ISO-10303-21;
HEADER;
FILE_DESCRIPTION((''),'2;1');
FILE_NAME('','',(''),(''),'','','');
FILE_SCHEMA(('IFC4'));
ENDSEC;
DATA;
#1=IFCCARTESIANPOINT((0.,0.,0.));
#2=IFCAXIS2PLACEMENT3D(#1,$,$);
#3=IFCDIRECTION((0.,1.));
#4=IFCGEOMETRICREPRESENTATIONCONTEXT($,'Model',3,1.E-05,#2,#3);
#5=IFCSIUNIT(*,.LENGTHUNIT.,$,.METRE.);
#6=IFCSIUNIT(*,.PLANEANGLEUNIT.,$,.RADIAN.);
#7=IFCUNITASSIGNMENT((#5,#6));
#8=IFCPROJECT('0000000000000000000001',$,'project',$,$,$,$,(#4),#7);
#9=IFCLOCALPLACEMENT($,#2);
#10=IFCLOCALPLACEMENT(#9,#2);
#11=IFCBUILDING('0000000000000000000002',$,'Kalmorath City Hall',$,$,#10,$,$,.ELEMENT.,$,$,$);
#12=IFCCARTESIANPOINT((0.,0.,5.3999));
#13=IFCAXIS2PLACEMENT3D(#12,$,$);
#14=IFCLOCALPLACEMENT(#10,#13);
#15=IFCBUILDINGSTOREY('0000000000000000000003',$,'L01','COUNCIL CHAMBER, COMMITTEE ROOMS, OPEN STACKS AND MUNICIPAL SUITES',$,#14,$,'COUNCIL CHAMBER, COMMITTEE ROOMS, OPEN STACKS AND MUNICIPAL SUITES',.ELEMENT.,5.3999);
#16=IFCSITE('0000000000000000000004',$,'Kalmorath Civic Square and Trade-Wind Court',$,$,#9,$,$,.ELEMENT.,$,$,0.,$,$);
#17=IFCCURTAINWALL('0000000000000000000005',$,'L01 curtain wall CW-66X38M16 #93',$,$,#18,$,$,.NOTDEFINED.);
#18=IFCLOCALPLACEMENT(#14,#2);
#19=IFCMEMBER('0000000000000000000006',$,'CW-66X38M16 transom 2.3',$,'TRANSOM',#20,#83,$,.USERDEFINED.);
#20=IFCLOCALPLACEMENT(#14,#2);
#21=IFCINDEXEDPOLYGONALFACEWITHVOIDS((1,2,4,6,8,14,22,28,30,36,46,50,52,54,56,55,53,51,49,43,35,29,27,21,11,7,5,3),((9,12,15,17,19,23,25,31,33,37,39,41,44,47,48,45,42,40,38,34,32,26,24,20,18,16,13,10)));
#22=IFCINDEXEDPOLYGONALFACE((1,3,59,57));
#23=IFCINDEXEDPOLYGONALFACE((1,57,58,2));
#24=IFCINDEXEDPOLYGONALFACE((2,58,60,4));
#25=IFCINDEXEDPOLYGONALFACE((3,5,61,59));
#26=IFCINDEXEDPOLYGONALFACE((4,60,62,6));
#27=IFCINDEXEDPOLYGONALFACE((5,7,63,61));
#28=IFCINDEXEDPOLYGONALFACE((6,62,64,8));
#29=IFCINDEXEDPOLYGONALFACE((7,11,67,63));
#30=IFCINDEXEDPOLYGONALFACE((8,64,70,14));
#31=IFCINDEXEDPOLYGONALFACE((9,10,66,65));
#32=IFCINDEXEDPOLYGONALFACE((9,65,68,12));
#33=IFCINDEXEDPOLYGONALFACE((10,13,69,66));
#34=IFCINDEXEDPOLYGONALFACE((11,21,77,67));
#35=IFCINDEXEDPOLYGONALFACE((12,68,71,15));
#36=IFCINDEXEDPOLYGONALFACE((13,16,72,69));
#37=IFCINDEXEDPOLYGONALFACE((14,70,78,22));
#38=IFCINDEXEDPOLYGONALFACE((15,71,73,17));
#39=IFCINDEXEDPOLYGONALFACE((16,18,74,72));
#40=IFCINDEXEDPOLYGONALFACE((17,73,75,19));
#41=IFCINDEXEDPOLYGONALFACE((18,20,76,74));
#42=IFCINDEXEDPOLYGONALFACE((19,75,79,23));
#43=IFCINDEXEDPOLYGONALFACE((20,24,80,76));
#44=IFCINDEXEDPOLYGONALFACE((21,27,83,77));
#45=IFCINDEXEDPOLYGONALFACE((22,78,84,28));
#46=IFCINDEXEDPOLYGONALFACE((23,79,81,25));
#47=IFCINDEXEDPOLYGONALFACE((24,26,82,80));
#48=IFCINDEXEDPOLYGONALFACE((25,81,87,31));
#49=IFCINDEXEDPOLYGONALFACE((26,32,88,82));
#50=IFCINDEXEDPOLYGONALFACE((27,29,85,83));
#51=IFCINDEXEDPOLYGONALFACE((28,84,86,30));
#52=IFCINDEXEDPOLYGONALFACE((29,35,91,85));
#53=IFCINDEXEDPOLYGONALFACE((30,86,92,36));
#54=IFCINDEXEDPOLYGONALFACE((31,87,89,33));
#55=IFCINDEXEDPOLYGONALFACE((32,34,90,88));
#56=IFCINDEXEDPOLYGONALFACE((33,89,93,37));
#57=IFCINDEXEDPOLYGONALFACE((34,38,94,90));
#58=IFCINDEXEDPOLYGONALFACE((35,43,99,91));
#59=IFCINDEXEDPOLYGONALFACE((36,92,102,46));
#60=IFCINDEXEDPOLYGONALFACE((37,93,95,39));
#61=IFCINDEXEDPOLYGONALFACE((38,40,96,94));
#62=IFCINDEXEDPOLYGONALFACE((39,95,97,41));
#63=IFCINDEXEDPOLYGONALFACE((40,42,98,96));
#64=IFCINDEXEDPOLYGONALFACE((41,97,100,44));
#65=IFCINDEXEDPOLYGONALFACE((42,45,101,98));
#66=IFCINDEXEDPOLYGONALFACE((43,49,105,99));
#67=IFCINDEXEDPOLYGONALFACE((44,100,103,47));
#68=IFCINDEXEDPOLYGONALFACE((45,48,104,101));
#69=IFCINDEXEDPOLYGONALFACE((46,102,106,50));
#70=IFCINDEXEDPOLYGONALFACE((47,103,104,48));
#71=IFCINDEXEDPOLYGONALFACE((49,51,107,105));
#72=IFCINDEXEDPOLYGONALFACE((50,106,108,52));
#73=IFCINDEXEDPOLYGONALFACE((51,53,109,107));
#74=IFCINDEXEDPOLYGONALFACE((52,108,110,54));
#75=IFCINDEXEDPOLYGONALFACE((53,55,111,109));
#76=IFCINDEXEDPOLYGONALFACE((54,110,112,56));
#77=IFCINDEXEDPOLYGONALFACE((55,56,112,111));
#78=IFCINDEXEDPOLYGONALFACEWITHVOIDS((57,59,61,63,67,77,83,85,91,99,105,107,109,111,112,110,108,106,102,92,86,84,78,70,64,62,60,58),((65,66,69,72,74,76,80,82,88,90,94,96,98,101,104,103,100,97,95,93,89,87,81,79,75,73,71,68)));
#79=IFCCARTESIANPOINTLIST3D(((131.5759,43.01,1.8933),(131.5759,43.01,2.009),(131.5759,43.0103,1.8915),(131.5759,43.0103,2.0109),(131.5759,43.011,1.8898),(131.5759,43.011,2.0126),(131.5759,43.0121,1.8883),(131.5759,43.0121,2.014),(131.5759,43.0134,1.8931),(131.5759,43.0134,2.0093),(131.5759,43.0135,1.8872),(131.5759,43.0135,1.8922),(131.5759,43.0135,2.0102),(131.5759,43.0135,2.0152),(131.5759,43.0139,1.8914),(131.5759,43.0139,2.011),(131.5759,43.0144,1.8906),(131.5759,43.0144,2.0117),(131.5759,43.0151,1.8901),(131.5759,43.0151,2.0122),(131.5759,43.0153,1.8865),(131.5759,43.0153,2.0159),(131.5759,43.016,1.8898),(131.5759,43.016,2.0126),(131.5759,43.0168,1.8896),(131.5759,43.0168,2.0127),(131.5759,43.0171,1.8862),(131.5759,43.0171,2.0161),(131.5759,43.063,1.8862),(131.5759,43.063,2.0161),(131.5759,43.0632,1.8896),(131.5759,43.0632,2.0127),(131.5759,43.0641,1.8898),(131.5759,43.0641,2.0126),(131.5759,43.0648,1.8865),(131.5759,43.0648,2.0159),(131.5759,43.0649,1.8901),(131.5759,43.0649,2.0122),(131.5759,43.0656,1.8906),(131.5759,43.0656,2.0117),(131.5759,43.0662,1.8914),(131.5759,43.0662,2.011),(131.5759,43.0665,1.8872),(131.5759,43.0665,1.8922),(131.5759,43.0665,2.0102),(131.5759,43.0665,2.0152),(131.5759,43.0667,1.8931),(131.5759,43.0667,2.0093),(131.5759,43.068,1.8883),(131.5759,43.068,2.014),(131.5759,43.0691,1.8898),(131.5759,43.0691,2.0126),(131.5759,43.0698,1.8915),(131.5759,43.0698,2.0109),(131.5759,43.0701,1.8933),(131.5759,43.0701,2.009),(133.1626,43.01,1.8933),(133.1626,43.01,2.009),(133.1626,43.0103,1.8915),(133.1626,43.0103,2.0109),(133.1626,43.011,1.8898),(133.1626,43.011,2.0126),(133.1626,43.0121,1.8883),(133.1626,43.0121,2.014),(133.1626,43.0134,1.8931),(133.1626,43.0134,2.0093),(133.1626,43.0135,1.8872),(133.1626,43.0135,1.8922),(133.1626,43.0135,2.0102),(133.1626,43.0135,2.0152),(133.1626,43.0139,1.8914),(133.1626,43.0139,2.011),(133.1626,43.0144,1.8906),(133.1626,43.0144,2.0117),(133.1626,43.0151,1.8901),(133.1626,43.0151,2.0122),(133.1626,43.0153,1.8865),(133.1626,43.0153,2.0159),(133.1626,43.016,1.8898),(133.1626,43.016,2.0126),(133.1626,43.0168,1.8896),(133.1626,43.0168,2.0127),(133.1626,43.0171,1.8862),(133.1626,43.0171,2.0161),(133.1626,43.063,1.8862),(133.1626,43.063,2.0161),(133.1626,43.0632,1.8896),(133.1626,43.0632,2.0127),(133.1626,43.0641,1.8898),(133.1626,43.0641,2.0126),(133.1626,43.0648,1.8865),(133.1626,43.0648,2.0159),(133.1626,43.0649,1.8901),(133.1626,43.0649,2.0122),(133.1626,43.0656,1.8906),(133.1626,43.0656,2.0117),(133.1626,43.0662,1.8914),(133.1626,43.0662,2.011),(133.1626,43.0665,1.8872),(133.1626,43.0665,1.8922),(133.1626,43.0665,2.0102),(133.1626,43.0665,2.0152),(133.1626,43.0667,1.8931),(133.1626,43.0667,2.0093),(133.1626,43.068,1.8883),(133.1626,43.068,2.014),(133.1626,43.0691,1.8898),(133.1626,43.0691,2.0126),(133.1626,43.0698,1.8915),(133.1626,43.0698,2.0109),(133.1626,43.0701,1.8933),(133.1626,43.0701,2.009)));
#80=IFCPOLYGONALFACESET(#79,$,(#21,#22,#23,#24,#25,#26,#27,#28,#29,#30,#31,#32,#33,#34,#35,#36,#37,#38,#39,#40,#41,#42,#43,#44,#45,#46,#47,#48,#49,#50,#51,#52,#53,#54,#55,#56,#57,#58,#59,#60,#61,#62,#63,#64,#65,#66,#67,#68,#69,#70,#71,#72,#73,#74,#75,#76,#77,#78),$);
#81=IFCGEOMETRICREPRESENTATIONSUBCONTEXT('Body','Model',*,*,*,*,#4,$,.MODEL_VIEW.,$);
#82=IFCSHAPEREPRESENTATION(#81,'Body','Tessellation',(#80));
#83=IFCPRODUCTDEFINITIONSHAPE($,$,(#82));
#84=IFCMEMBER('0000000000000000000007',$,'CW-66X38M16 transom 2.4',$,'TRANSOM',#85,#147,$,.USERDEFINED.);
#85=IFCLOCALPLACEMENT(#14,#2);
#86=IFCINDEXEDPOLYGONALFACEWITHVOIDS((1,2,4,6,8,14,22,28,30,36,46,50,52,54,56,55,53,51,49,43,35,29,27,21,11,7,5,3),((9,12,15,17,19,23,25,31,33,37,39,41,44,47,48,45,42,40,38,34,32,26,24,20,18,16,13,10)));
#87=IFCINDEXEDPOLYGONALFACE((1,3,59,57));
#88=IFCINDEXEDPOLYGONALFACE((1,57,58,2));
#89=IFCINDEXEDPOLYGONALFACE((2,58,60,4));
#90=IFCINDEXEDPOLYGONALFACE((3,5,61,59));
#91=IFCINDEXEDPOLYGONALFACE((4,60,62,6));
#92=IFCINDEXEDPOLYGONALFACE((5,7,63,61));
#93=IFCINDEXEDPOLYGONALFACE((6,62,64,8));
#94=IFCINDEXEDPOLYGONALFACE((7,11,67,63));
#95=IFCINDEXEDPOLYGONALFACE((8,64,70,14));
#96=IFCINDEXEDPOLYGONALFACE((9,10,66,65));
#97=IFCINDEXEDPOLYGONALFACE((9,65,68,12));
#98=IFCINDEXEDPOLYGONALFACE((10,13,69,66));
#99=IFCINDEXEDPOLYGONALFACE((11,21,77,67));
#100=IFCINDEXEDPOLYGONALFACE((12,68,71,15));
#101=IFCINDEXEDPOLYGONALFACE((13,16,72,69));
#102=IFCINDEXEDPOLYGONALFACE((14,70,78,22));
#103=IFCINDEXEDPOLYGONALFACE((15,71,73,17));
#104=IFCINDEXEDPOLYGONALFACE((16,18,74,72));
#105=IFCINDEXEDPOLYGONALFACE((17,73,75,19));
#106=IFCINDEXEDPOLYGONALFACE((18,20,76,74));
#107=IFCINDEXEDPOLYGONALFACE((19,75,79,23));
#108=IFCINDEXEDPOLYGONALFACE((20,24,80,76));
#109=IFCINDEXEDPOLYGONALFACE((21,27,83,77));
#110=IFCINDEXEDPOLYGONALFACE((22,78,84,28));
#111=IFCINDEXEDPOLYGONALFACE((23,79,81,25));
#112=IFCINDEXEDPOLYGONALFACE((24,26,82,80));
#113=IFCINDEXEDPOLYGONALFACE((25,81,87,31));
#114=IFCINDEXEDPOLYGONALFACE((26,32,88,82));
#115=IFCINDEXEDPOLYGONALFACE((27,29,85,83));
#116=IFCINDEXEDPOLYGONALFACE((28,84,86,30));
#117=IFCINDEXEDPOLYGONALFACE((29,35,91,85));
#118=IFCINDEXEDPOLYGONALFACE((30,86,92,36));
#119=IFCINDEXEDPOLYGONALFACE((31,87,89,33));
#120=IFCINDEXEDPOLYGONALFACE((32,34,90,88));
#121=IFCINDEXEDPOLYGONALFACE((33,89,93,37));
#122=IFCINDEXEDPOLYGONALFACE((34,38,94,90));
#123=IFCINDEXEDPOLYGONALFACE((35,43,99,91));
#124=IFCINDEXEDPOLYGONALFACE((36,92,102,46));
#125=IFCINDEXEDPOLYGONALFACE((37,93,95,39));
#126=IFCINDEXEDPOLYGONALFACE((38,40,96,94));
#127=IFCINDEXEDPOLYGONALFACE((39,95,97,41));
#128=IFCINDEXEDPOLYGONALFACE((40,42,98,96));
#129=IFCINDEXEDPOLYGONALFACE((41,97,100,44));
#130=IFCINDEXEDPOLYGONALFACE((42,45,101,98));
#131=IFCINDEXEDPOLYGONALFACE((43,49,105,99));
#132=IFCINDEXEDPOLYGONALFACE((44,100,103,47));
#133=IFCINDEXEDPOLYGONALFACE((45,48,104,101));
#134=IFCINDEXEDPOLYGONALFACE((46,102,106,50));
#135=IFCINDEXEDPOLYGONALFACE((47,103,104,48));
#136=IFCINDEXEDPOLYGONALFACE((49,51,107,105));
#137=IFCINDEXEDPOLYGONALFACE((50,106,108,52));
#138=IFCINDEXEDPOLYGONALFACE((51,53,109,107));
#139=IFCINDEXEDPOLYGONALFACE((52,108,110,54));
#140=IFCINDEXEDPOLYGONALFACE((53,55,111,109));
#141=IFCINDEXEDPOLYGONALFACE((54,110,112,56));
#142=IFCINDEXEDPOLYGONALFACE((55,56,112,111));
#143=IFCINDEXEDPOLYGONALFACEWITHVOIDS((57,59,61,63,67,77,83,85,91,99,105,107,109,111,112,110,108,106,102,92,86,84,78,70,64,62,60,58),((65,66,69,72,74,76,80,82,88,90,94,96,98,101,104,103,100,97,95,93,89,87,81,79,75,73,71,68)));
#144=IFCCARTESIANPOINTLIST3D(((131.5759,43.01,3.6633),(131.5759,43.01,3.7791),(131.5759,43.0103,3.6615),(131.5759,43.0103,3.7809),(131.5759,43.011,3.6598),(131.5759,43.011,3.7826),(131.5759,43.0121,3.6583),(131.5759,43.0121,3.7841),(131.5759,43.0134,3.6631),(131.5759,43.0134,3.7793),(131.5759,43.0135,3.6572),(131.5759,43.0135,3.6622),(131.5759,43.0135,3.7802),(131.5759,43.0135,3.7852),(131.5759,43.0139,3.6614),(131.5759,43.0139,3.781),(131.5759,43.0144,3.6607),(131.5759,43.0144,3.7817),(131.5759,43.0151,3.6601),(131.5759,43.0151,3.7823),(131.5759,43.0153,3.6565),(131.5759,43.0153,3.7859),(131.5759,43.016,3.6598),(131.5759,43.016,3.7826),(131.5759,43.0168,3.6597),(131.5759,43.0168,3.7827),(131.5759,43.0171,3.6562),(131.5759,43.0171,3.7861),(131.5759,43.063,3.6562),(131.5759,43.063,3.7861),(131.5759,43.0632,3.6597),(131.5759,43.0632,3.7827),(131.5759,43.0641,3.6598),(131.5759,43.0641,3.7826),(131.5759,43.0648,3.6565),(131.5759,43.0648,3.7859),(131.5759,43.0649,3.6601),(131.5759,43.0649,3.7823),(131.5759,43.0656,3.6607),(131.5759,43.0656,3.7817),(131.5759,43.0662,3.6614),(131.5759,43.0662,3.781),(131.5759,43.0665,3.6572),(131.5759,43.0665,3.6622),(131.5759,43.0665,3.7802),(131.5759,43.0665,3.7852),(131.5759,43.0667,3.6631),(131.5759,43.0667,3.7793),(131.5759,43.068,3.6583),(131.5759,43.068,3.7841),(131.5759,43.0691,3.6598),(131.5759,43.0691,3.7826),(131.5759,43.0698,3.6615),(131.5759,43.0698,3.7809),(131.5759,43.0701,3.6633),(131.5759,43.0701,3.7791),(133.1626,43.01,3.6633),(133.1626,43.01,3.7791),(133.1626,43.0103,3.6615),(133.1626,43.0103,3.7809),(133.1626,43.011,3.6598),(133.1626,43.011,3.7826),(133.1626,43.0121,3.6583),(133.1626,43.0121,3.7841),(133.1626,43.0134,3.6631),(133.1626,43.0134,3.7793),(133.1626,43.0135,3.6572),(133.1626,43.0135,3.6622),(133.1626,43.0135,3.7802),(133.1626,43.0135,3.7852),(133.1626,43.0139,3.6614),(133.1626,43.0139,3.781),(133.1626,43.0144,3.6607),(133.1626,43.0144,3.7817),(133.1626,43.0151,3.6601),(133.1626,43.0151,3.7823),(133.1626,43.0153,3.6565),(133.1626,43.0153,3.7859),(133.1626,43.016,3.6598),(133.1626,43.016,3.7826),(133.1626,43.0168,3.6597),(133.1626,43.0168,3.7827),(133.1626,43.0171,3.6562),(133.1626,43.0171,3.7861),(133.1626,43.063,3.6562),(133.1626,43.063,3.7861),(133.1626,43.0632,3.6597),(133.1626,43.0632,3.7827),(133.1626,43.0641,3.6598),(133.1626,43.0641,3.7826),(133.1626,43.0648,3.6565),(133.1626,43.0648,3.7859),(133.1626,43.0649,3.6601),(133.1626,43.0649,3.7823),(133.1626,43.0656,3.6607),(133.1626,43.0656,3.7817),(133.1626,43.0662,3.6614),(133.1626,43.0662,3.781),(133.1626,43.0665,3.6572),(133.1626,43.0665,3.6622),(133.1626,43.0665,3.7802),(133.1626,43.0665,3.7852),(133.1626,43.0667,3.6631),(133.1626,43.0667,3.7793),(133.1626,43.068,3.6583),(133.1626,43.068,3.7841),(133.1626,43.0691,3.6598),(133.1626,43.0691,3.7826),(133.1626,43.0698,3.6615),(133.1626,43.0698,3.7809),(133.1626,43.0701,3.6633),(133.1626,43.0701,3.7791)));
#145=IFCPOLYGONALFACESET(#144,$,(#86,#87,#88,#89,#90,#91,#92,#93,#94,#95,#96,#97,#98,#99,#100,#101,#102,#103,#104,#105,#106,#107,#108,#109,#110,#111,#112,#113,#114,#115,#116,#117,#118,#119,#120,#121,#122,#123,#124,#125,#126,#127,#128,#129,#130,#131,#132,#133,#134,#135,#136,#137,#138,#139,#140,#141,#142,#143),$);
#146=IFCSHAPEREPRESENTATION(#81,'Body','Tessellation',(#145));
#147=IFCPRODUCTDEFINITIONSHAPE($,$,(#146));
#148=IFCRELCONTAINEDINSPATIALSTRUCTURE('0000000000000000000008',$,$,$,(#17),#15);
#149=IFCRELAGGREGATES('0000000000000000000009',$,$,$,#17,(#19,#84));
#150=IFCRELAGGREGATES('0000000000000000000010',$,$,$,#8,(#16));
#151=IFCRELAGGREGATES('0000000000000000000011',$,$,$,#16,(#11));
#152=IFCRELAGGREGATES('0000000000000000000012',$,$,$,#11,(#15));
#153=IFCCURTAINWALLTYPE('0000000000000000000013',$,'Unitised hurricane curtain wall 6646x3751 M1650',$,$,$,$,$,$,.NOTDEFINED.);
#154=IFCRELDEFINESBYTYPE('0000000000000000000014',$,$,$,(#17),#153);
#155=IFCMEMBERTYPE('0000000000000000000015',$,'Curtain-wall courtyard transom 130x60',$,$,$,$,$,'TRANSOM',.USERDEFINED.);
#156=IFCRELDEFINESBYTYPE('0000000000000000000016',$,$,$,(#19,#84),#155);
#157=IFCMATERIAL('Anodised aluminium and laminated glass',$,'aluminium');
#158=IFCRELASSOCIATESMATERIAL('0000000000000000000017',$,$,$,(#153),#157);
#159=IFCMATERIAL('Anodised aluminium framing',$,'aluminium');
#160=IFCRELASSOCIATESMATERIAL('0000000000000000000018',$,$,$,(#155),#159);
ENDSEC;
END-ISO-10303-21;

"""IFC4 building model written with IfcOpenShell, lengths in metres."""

from ifc_helpers import new_model, si_unit, direction, frame, origin, origin_2d, place, context, subcontext, project, spatial, hollow_rectangle, extrude, material, material_profile, profile_set, type_object, element, aggregate, save


model = new_model("IFC4")

# Units and contexts
model_context = context("Model", 3, precision=1e-05, world=origin(), true_north=direction((0.0, 1.0)))
body_context = subcontext(model_context, "Body", "Model", "MODEL_VIEW")
ifc_project = project(units=[si_unit("LENGTHUNIT", "METRE"), si_unit("PLANEANGLEUNIT", "RADIAN")], contexts=[model_context])

# Site, building, storey
site_placement = place(None, origin())
site = spatial("IfcSite", under=ifc_project, at=site_placement, Name="Kalmorath Civic Square and Trade-Wind Court", CompositionType="ELEMENT", RefElevation=0.0)
building_placement = place(site_placement, origin())
building = spatial("IfcBuilding", under=site, at=building_placement, Name="Kalmorath City Hall", CompositionType="ELEMENT")
storey_placement = place(building_placement, frame((0.0, 0.0, 5.3999)))
storey = spatial("IfcBuildingStorey", under=building, at=storey_placement, Name="L01", Description="COUNCIL CHAMBER, COMMITTEE ROOMS, OPEN STACKS AND MUNICIPAL SUITES", LongName="COUNCIL CHAMBER, COMMITTEE ROOMS, OPEN STACKS AND MUNICIPAL SUITES", CompositionType="ELEMENT", Elevation=5.3999)

# Curtain wall, members
ifc_material_1 = material(Name="Anodised aluminium and laminated glass", Category="aluminium")
curtain_wall_type = type_object("IfcCurtainWallType", Name="Unitised hurricane curtain wall 6646x3751 M1650", PredefinedType="NOTDEFINED", material=ifc_material_1)
curtain_wall_placement = place(storey_placement, origin())
curtain_wall = element("IfcCurtainWall", 1, at=curtain_wall_placement, inside=storey, type_object=curtain_wall_type, Name="L01 curtain wall CW-66X38M16 #93", PredefinedType="NOTDEFINED")
ifc_material_2 = material(Name="Anodised aluminium framing", Category="aluminium")
ifc_material_profile_1 = material_profile(ifc_material_2, hollow_rectangle(XDim=0.0601, YDim=0.1299, WallThickness=0.0034, InnerFilletRadius=0.0034, OuterFilletRadius=0.0071, at=origin_2d()), Name="ALU-TRN-130X60X3.5")
ifc_profile_set_1 = profile_set([ifc_material_profile_1], Name="Anodised aluminium framing")
member_type_1 = type_object("IfcMemberType", Name="Curtain-wall courtyard transom 130x60", ElementType="TRANSOM", PredefinedType="USERDEFINED", material=ifc_profile_set_1)
member_1_placement = place(storey_placement, frame((131.5759, 43.04, 1.9512), z_axis=(1.0, 0.0, 0.0), x_axis=(0.0, 1.0, 0.0)))
member_1 = element("IfcMember", 2, at=member_1_placement, type_object=member_type_1, Name="CW-66X38M16 transom 2.3", ObjectType="TRANSOM", PredefinedType="USERDEFINED", context=body_context, shape_type="SweptSolid", body=[
    extrude(hollow_rectangle(XDim=0.0601, YDim=0.1299, WallThickness=0.0034, InnerFilletRadius=0.0034, OuterFilletRadius=0.0071, at=origin_2d()), origin(), (0.0, 0.0, 1.0), 1.5867),
])
member_2_placement = place(storey_placement, frame((131.5759, 43.04, 3.7212), z_axis=(1.0, 0.0, 0.0), x_axis=(0.0, 1.0, 0.0)))
member_2 = element("IfcMember", 3, at=member_2_placement, type_object=member_type_1, Name="CW-66X38M16 transom 2.4", ObjectType="TRANSOM", PredefinedType="USERDEFINED", context=body_context, shape_type="SweptSolid", body=[
    extrude(hollow_rectangle(XDim=0.0601, YDim=0.1299, WallThickness=0.0034, InnerFilletRadius=0.0034, OuterFilletRadius=0.0071, at=origin_2d()), origin(), (0.0, 0.0, 1.0), 1.5867),
])

aggregate(curtain_wall, [member_1, member_2])

save(model, "model.ifc")
